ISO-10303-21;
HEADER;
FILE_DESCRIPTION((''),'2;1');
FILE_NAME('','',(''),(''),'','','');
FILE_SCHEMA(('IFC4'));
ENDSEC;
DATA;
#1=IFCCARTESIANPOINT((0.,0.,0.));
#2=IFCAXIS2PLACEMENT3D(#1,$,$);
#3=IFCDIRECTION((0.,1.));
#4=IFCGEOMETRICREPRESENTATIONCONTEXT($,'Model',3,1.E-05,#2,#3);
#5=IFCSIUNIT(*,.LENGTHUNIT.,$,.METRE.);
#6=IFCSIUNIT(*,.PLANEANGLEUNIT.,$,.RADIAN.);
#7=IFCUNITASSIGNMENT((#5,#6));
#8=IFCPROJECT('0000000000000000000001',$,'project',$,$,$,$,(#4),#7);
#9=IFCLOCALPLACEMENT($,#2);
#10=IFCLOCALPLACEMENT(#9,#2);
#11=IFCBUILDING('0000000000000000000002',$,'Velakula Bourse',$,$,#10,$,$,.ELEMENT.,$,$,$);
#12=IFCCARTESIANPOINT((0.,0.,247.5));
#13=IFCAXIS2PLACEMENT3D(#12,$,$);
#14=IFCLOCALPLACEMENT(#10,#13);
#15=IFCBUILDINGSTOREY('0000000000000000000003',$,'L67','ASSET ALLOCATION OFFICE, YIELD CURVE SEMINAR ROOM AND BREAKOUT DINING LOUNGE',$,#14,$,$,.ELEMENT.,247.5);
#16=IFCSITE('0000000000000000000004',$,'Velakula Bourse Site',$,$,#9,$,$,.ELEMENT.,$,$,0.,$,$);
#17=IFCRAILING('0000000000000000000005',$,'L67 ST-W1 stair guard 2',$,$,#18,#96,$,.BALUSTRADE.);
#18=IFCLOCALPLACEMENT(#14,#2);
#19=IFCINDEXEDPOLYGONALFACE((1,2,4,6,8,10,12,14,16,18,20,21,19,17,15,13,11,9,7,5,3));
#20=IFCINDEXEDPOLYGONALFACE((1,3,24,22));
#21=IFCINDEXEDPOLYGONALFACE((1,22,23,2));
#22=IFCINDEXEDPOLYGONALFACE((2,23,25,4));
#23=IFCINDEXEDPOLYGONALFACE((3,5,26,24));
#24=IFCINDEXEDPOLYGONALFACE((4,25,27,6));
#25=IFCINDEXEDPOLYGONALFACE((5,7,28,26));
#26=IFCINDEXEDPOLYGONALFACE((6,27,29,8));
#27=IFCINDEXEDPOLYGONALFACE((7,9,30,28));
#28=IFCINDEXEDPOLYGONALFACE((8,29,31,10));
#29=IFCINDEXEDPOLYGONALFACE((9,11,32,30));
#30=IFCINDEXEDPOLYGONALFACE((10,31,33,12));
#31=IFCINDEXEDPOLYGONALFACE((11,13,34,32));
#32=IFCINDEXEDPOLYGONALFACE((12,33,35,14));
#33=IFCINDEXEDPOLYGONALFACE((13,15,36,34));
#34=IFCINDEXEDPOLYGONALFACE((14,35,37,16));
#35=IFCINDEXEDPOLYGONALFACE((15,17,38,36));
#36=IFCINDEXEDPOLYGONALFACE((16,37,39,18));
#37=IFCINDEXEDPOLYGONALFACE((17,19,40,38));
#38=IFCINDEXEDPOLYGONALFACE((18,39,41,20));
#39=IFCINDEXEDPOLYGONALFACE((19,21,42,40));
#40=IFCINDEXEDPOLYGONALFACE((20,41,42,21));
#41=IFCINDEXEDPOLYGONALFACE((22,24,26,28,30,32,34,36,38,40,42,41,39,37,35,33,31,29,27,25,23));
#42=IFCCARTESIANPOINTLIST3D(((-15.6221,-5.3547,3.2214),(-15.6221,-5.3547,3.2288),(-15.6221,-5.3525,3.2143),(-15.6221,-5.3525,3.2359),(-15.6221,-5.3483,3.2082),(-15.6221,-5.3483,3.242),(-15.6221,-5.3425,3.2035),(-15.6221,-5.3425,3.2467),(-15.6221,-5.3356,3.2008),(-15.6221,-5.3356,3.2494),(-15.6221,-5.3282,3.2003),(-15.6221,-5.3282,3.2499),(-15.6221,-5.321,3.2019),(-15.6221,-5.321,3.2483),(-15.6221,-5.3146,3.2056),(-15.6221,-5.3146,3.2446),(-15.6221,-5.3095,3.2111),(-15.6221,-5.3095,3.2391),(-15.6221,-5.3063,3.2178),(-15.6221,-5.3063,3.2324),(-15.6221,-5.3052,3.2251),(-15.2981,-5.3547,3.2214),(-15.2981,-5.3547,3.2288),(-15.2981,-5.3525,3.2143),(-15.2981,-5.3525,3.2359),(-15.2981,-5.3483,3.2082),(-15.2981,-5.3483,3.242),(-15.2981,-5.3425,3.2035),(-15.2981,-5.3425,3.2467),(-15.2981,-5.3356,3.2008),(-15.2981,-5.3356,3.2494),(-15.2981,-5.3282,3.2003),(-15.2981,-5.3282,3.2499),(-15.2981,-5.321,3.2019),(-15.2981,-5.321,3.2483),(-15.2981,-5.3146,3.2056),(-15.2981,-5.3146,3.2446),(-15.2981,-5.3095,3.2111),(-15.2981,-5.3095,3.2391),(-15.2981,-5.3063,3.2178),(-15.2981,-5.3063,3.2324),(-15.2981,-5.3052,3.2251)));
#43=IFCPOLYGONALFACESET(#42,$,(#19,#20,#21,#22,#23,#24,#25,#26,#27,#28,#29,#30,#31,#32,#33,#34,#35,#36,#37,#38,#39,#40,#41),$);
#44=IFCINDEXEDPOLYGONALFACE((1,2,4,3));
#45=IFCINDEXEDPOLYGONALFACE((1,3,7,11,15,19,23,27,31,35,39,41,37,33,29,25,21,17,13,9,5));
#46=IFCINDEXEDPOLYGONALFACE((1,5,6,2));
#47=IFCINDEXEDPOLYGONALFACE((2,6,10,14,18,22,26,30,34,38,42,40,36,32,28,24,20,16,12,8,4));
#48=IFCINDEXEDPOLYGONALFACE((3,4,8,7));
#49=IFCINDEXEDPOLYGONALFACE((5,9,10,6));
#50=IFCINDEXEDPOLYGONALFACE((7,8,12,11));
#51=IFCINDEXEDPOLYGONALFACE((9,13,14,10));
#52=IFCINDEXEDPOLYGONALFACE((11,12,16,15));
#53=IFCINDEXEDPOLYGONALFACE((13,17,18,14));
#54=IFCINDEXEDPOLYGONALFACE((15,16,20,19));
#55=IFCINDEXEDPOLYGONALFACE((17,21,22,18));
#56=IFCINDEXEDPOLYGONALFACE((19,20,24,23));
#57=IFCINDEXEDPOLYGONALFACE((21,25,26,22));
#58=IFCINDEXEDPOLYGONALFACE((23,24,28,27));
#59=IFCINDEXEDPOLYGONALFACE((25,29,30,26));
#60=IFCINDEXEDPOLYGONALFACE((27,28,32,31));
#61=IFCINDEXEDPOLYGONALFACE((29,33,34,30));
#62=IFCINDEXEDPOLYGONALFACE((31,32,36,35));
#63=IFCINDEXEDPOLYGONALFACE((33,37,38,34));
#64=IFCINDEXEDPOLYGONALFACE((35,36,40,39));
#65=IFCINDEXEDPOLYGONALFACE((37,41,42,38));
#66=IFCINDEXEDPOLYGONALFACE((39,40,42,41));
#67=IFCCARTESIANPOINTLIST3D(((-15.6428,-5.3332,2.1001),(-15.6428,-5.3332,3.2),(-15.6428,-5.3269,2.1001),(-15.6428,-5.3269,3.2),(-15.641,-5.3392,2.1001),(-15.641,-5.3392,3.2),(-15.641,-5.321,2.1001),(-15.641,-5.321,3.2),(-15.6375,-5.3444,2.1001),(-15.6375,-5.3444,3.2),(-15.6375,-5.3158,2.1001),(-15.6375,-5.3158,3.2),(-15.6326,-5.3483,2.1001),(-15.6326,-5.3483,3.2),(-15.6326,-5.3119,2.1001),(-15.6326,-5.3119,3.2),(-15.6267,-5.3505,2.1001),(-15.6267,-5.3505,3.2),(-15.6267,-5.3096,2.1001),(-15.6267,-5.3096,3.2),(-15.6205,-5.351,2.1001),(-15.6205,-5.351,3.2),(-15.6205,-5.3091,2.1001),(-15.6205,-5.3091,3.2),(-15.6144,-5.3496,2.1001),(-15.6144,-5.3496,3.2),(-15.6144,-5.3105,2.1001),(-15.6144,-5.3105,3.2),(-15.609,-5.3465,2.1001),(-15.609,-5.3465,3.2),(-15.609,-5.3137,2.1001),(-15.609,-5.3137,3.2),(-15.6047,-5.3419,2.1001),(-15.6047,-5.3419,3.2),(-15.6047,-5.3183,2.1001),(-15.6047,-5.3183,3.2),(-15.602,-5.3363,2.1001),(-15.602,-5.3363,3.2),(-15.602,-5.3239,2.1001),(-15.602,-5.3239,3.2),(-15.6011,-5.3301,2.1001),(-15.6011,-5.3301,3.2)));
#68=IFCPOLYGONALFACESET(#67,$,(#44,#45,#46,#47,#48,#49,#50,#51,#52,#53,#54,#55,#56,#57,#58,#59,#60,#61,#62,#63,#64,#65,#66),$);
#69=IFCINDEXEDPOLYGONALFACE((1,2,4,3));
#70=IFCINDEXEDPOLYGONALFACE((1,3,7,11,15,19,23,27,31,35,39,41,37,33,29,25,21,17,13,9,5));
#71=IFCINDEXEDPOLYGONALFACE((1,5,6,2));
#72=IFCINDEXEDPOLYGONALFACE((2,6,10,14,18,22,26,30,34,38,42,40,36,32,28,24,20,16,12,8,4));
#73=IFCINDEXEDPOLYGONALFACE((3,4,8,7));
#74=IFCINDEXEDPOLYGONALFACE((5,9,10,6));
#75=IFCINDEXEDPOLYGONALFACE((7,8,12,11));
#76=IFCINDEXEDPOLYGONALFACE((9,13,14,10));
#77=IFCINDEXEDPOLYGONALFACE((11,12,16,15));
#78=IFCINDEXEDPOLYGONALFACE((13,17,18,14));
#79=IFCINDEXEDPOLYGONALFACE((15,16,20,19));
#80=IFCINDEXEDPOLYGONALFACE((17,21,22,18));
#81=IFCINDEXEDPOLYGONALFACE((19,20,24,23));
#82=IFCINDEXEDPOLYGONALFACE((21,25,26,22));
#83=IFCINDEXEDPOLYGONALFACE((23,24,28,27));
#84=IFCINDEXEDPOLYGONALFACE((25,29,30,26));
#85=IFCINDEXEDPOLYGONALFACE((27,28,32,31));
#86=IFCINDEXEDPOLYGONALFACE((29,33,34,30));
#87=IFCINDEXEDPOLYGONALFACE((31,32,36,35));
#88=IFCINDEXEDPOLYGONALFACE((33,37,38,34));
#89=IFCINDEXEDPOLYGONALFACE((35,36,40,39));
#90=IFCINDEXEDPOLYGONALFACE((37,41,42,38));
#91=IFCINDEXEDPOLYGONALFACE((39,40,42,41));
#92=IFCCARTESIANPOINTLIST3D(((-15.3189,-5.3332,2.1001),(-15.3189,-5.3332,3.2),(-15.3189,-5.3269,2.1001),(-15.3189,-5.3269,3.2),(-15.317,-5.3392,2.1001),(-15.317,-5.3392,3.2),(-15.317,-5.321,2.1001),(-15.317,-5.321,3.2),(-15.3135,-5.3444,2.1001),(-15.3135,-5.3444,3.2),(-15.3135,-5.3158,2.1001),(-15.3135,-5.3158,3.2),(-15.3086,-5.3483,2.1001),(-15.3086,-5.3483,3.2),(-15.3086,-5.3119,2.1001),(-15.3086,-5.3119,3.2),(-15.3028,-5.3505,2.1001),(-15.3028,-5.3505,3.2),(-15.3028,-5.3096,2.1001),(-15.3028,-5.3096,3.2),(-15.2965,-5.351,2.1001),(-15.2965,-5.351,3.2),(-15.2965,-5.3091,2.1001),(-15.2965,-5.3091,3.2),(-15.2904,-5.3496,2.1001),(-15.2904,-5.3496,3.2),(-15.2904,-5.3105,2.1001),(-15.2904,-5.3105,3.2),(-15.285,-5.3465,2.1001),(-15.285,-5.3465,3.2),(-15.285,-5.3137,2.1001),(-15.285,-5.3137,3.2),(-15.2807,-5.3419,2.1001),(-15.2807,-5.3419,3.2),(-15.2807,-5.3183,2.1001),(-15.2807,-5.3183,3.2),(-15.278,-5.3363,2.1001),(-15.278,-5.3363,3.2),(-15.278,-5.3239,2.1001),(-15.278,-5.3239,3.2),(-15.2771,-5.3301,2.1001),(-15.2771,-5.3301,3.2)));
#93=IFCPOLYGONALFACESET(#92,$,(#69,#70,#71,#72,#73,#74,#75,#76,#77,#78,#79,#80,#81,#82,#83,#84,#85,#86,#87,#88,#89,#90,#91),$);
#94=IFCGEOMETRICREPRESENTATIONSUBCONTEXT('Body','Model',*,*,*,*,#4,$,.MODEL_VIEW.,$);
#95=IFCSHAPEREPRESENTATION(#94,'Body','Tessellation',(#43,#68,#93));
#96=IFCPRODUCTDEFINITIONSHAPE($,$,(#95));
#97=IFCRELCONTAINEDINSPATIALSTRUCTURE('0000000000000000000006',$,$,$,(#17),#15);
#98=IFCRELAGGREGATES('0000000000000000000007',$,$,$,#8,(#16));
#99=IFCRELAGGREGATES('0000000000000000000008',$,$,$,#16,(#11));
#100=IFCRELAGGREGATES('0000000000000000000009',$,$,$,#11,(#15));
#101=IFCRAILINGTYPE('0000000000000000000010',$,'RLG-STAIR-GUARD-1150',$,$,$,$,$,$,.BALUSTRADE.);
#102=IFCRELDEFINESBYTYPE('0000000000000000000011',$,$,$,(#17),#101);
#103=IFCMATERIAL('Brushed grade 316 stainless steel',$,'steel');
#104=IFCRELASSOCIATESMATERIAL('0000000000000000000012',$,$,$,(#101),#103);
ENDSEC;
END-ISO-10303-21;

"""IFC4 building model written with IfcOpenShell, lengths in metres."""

from ifc_helpers import new_model, si_unit, direction, frame, origin, origin_2d, place, context, subcontext, project, spatial, circle, extrude, material, type_object, element, save


model = new_model("IFC4")

# Units and contexts
model_context = context("Model", 3, precision=1e-05, world=origin(), true_north=direction((0.0, 1.0)))
body_context = subcontext(model_context, "Body", "Model", "MODEL_VIEW")
ifc_project = project(units=[si_unit("LENGTHUNIT", "METRE"), si_unit("PLANEANGLEUNIT", "RADIAN")], contexts=[model_context])

# Site, building, storey
site_placement = place(None, origin())
site = spatial("IfcSite", under=ifc_project, at=site_placement, Name="Velakula Bourse Site", CompositionType="ELEMENT", RefElevation=0.0)
building_placement = place(site_placement, origin())
building = spatial("IfcBuilding", under=site, at=building_placement, Name="Velakula Bourse", CompositionType="ELEMENT")
storey_placement = place(building_placement, frame((0.0, 0.0, 247.5)))
storey = spatial("IfcBuildingStorey", under=building, at=storey_placement, Name="L67", Description="ASSET ALLOCATION OFFICE, YIELD CURVE SEMINAR ROOM AND BREAKOUT DINING LOUNGE", CompositionType="ELEMENT", Elevation=247.5)

# Shared definitions
ifc_material_1 = material(Name="Brushed grade 316 stainless steel", Category="steel")

# Railing
railing_type_1 = type_object("IfcRailingType", Name="RLG-STAIR-GUARD-1150", PredefinedType="BALUSTRADE", material=ifc_material_1)
railing_1_placement = place(storey_placement, frame((-15.6221, -5.3301, 2.1001)))
element("IfcRailing", 1, at=railing_1_placement, inside=storey, type_object=railing_type_1, Name="L67 ST-W1 stair guard 2", PredefinedType="BALUSTRADE", context=body_context, shape_type="SweptSolid", body=[
    extrude(circle(Radius=0.0249, at=origin_2d()), frame((0.0, 0.0, 1.125), z_axis=(1.0, 0.0, 0.0), x_axis=(0.0, 1.0, 0.0)), (0.0, 0.0, 1.0), 0.324),
    extrude(circle(Radius=0.021, at=origin_2d()), origin(), (0.0, 0.0, 1.0), 1.0999),
    extrude(circle(Radius=0.021, at=origin_2d()), frame((0.324, 0.0, 0.0)), (0.0, 0.0, 1.0), 1.0999),
])

save(model, "model.ifc")
